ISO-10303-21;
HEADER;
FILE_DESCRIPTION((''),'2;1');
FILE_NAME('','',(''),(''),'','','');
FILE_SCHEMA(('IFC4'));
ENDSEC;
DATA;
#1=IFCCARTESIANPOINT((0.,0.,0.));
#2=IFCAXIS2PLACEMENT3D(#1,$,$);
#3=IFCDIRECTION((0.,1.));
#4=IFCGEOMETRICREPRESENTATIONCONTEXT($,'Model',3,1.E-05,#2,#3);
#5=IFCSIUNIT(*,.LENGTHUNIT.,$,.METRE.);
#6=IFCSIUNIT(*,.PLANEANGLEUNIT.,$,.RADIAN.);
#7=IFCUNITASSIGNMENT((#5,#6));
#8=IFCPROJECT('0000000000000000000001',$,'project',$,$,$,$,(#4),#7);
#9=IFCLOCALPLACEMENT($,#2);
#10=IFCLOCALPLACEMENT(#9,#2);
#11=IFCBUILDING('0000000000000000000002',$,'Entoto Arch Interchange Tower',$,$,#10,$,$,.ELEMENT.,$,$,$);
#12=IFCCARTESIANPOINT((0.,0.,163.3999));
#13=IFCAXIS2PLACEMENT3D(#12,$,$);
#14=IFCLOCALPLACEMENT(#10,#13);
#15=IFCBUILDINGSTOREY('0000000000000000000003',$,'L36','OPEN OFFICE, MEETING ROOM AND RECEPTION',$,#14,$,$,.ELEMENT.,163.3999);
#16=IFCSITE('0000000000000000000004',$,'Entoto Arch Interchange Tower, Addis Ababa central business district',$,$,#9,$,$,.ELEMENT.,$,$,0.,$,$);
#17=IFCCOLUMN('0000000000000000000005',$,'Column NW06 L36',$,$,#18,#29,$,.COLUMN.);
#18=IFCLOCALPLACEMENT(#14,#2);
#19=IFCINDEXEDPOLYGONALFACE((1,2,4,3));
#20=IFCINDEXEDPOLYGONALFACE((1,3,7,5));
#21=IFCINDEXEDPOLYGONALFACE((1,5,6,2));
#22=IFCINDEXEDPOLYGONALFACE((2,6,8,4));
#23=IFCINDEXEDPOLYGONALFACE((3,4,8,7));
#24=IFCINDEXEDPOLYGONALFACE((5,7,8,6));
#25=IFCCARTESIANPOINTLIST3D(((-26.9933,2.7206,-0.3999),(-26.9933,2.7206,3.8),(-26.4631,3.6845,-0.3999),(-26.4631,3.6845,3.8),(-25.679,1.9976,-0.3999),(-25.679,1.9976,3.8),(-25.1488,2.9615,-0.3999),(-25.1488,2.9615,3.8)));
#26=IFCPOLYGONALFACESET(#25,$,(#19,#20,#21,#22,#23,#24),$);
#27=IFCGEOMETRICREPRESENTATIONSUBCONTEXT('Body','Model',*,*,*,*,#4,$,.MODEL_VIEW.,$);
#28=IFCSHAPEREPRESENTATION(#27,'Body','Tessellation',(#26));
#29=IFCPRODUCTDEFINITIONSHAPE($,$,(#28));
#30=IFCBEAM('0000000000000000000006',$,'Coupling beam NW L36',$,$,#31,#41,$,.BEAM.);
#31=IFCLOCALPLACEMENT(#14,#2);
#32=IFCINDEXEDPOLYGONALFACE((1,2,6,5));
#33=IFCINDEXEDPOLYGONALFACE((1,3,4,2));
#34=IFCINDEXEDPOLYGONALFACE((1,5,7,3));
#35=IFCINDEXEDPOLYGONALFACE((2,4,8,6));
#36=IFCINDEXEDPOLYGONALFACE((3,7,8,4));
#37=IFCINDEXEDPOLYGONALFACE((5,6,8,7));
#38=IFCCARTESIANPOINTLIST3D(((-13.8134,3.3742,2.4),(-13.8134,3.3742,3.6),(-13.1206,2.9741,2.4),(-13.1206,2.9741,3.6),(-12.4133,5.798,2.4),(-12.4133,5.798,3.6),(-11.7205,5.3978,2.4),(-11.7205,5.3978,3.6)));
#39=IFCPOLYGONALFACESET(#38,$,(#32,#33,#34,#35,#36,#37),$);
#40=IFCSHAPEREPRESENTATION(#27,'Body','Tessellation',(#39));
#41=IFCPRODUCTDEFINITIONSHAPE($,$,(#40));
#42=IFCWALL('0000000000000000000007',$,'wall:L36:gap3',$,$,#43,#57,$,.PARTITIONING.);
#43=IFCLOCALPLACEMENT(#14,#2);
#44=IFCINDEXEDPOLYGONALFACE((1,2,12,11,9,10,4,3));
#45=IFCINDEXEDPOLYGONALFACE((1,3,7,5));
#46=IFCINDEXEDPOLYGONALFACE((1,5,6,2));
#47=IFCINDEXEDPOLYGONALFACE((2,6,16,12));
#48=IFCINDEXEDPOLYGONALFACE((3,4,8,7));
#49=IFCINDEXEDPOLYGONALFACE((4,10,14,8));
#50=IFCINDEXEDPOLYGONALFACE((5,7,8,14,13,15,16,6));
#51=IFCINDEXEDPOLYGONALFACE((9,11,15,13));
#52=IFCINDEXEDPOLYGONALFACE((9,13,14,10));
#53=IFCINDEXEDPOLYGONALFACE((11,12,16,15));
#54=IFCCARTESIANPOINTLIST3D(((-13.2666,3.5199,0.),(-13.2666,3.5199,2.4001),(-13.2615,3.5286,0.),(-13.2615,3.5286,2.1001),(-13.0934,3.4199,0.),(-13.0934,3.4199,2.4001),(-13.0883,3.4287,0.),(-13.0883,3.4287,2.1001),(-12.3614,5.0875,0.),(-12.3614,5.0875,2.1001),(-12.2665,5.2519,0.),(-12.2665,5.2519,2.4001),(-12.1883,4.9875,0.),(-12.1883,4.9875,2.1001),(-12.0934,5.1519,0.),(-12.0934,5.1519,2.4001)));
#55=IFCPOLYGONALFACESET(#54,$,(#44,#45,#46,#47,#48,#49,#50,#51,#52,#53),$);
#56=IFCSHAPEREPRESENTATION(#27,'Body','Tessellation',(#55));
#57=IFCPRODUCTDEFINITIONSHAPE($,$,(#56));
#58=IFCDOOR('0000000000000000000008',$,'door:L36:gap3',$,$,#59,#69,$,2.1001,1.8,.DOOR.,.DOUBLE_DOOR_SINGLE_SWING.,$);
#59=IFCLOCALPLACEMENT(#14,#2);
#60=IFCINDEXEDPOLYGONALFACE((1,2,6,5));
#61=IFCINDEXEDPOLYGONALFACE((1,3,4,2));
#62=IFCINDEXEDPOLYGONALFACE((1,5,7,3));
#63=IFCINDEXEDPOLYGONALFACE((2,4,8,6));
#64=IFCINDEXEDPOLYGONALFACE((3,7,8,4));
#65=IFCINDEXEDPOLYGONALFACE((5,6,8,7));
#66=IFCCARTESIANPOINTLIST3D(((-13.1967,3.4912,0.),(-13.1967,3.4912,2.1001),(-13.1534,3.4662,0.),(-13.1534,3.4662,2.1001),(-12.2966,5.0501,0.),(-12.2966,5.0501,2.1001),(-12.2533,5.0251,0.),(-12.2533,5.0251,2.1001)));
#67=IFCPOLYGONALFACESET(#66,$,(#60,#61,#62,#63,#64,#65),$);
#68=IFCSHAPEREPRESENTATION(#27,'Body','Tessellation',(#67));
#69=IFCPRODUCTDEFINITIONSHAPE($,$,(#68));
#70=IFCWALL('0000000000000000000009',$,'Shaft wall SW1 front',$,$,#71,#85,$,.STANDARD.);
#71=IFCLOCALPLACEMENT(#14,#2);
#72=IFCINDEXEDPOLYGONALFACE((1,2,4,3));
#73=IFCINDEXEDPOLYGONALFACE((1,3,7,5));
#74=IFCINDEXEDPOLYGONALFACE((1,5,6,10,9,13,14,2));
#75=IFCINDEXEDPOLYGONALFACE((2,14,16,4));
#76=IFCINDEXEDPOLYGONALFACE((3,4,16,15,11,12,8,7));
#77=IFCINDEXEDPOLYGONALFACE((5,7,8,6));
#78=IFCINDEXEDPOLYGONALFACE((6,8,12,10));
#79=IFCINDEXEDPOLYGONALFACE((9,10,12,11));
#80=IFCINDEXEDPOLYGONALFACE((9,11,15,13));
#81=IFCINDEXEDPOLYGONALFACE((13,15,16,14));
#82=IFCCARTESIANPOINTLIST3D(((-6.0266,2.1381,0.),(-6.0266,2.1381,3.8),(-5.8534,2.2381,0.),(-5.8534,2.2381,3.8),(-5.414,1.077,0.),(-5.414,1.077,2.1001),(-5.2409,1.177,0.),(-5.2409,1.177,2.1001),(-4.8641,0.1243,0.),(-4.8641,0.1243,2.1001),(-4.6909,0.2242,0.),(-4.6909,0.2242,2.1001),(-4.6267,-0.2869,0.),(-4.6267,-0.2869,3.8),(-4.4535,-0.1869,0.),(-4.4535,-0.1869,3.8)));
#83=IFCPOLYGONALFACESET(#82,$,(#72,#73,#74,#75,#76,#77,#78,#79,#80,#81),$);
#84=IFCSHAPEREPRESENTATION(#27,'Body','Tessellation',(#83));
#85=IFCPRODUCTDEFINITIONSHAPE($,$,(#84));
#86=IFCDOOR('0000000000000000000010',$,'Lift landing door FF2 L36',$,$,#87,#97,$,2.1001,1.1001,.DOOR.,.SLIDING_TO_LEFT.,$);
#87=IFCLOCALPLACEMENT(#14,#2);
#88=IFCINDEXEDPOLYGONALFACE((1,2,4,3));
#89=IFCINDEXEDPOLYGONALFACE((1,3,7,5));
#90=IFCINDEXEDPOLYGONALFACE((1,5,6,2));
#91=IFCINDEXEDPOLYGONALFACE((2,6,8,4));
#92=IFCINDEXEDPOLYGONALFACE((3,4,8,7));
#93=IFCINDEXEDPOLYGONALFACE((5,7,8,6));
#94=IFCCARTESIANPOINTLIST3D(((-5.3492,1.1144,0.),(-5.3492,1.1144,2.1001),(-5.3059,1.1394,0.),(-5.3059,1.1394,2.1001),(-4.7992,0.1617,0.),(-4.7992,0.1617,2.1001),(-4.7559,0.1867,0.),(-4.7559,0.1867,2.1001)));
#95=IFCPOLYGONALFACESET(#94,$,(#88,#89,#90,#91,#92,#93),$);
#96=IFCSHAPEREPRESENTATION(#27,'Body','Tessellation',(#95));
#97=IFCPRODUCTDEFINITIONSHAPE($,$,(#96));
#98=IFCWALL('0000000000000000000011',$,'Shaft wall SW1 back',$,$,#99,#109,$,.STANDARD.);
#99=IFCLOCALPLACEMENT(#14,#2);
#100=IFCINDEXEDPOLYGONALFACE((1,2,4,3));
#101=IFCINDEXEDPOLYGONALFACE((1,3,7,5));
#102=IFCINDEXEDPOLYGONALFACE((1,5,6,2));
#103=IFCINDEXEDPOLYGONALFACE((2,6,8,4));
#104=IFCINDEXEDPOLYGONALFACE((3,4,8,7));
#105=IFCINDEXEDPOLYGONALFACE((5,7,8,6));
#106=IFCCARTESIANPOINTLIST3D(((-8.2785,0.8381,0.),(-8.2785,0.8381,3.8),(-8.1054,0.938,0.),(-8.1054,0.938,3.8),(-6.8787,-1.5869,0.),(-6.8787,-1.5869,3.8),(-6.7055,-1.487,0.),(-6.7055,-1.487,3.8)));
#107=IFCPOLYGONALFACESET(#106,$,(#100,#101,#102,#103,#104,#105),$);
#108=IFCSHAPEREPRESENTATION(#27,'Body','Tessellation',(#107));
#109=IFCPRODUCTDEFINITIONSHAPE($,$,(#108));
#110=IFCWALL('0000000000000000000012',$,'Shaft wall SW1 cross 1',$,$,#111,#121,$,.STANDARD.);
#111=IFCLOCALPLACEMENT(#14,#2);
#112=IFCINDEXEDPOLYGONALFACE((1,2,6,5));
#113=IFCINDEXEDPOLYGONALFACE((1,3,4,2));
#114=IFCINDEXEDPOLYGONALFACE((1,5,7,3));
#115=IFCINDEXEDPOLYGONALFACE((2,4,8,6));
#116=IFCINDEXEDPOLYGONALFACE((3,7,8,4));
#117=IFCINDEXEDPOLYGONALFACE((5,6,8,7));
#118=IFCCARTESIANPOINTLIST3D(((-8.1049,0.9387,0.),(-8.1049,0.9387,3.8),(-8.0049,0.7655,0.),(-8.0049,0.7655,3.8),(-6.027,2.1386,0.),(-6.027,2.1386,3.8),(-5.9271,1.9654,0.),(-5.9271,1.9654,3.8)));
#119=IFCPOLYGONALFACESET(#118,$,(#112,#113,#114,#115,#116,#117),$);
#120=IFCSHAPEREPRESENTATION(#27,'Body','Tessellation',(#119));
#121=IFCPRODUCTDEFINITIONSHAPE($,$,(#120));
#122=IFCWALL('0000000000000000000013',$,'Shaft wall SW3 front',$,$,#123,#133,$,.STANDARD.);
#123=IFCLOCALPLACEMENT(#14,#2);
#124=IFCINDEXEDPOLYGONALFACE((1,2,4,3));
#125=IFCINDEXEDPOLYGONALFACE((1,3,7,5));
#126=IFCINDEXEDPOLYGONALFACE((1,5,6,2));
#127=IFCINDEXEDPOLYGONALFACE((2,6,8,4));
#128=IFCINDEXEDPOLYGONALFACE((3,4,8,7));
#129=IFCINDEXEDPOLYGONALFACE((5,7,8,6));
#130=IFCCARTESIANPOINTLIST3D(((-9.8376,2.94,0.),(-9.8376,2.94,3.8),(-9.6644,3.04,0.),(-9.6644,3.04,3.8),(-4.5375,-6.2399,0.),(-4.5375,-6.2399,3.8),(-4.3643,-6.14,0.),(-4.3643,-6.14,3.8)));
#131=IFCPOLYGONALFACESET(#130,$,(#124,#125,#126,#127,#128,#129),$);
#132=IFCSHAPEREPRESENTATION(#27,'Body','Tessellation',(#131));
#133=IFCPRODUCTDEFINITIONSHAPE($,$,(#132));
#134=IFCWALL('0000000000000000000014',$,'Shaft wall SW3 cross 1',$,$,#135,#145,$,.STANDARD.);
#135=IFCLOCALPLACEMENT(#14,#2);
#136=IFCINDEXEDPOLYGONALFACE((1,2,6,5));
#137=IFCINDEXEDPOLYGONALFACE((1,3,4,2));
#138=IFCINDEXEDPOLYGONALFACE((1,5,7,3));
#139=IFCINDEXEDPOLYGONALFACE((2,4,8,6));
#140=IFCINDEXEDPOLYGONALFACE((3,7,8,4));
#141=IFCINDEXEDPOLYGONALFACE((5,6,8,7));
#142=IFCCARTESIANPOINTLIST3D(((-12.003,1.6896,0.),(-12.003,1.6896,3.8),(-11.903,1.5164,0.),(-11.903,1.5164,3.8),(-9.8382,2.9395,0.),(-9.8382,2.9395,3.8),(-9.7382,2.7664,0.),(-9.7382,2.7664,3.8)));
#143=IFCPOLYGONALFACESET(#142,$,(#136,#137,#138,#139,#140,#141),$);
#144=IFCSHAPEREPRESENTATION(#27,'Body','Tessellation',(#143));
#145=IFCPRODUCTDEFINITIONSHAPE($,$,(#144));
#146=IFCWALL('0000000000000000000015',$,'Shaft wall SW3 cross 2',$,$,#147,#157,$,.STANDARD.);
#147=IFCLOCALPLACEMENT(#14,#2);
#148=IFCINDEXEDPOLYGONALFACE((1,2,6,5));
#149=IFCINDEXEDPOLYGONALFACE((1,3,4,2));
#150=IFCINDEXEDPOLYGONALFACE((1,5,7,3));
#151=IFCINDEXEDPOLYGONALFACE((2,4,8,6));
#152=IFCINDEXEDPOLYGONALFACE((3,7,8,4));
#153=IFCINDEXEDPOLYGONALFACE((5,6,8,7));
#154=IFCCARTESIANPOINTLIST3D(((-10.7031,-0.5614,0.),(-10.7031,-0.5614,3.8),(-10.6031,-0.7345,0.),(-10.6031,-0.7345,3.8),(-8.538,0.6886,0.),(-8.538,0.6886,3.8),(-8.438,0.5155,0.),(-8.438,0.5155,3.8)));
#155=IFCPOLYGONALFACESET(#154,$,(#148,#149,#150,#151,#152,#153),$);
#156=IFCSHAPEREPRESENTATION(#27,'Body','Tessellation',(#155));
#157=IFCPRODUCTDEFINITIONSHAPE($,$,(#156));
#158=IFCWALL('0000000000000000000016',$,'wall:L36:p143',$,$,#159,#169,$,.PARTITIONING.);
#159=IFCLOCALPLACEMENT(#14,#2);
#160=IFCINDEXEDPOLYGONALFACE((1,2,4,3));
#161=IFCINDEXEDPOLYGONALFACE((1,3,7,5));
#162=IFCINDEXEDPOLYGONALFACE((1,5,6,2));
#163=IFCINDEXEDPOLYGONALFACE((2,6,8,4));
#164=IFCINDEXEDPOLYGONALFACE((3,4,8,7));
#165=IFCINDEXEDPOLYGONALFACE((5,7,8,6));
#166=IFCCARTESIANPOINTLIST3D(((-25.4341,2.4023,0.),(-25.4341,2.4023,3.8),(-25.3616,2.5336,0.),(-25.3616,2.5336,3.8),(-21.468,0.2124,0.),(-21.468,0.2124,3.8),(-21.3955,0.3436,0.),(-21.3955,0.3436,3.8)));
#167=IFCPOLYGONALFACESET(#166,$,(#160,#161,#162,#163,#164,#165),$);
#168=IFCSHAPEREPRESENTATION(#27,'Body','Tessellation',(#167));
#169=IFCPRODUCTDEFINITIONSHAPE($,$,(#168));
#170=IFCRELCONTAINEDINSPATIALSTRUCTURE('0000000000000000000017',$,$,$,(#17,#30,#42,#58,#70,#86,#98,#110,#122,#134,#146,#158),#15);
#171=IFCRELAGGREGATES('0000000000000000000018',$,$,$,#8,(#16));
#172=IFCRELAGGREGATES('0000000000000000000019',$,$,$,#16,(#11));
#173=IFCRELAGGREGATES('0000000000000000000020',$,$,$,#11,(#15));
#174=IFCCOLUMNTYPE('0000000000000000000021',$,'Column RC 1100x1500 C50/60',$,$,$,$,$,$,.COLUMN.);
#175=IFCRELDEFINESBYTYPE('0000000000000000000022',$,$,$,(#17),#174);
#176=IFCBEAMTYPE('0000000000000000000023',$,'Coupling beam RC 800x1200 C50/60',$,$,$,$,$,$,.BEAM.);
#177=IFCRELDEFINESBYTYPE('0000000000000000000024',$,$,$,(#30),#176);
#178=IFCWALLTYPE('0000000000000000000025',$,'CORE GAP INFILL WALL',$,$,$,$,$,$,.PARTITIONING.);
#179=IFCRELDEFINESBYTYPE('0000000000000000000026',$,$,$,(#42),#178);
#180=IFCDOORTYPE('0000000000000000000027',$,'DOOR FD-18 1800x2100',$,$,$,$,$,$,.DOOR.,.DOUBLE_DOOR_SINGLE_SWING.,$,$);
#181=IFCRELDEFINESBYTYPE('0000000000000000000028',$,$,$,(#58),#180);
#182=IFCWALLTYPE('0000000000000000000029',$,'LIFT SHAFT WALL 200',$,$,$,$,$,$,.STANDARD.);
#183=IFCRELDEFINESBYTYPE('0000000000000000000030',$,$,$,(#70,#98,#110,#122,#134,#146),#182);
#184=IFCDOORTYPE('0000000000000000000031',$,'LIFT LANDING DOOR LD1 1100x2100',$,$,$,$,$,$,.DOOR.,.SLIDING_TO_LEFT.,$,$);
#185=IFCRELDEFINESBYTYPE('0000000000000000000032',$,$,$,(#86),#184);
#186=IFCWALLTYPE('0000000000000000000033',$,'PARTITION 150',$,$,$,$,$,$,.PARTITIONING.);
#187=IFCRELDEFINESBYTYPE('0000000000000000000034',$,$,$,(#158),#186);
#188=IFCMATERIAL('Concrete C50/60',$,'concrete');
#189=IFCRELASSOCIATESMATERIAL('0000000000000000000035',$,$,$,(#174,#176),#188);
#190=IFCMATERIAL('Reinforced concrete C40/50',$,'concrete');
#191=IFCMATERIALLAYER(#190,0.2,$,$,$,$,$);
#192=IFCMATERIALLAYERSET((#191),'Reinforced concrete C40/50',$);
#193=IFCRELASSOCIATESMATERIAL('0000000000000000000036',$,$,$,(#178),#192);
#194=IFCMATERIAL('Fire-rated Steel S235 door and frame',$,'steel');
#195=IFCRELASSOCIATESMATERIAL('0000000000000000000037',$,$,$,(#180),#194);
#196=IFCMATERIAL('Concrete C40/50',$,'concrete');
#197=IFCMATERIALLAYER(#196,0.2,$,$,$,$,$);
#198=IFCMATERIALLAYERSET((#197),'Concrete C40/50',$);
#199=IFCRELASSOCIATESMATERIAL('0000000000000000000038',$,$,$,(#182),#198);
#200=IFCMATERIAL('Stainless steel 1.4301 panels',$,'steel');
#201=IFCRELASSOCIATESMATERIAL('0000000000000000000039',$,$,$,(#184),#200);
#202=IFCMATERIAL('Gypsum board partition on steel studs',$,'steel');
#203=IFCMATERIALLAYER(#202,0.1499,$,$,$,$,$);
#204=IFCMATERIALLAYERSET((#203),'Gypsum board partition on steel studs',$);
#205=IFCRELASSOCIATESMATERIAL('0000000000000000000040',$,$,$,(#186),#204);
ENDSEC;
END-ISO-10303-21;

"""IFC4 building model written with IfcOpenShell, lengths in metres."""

from ifc_helpers import new_model, si_unit, direction, frame, frame_2d, origin, origin_2d, place, context, subcontext, project, spatial, rectangle, extrude, material, layer, layer_set, material_profile, profile_set, type_object, element, fill, save


model = new_model("IFC4")

# Units and contexts
model_context = context("Model", 3, precision=1e-05, world=origin(), true_north=direction((0.0, 1.0)))
body_context = subcontext(model_context, "Body", "Model", "MODEL_VIEW")
ifc_project = project(units=[si_unit("LENGTHUNIT", "METRE"), si_unit("PLANEANGLEUNIT", "RADIAN")], contexts=[model_context])

# Site, building, storey
site_placement = place(None, origin())
site = spatial("IfcSite", under=ifc_project, at=site_placement, Name="Entoto Arch Interchange Tower, Addis Ababa central business district", CompositionType="ELEMENT", RefElevation=0.0)
building_placement = place(site_placement, origin())
building = spatial("IfcBuilding", under=site, at=building_placement, Name="Entoto Arch Interchange Tower", CompositionType="ELEMENT")
storey_placement = place(building_placement, frame((0.0, 0.0, 163.3999)))
storey = spatial("IfcBuildingStorey", under=building, at=storey_placement, Name="L36", Description="OPEN OFFICE, MEETING ROOM AND RECEPTION", CompositionType="ELEMENT", Elevation=163.3999)

# Column
ifc_material_1 = material(Name="Concrete C50/60", Category="concrete")
ifc_material_profile_1 = material_profile(ifc_material_1, rectangle(XDim=1.1001, YDim=1.5, at=origin_2d()))
ifc_profile_set_1 = profile_set([ifc_material_profile_1], Name="Concrete C50/60")
column_type = type_object("IfcColumnType", Name="Column RC 1100x1500 C50/60", PredefinedType="COLUMN", material=ifc_profile_set_1)
column_placement = place(storey_placement, frame((-26.071, 2.8411, -0.3999), z_axis=(0.0, 0.0, 1.0), x_axis=(0.481983, 0.876181, 0.0)))
element("IfcColumn", 1, at=column_placement, inside=storey, type_object=column_type, Name="Column NW06 L36", PredefinedType="COLUMN", context=body_context, shape_type="SweptSolid", body=[
    extrude(rectangle(XDim=1.1001, YDim=1.5, at=origin_2d()), origin(), (0.0, 0.0, 1.0), 4.2),
])

# Beam
ifc_material_profile_2 = material_profile(ifc_material_1, rectangle(XDim=0.8, YDim=1.2, at=origin_2d()))
ifc_profile_set_2 = profile_set([ifc_material_profile_2], Name="Concrete C50/60")
beam_type = type_object("IfcBeamType", Name="Coupling beam RC 800x1200 C50/60", PredefinedType="BEAM", material=ifc_profile_set_2)
beam_placement = place(storey_placement, frame((-12.0669, 5.5979, 3.0), z_axis=(-0.500201, -0.86591, 0.0), x_axis=(0.86591, -0.500201, 0.0)))
element("IfcBeam", 2, at=beam_placement, inside=storey, type_object=beam_type, Name="Coupling beam NW L36", PredefinedType="BEAM", context=body_context, shape_type="SweptSolid", body=[
    extrude(rectangle(XDim=0.8, YDim=1.2, at=origin_2d()), origin(), (0.0, 0.0, 1.0), 2.7991),
])

# Walls, openings, doors
ifc_material_2 = material(Name="Reinforced concrete C40/50", Category="concrete")
ifc_layer_1 = layer(ifc_material_2, 0.2)
ifc_layer_set_1 = layer_set([ifc_layer_1], Name="Reinforced concrete C40/50")
wall_type_1 = type_object("IfcWallType", Name="CORE GAP INFILL WALL", PredefinedType="PARTITIONING", material=ifc_layer_set_1)
wall_1_placement = place(storey_placement, frame((-12.1799, 5.2019, 0.0), z_axis=(0.0, 0.0, 1.0), x_axis=(-0.500025, -0.866011, 0.0)))
wall_1 = element("IfcWall", 3, at=wall_1_placement, inside=storey, type_object=wall_type_1, Name="wall:L36:gap3", PredefinedType="PARTITIONING", context=body_context, shape_type="SweptSolid", body=[
    extrude(rectangle(XDim=2.0, YDim=0.2, at=frame_2d((1.0, 0.0))), origin(), (0.0, 0.0, 1.0), 2.4001),
])
opening_1_placement = place(wall_1_placement, frame((0.1899, 0.0, 0.0)))
opening_1 = element("IfcOpeningElement", 4, at=opening_1_placement, cuts=wall_1, PredefinedType="OPENING", context=body_context, shape_type="SweptSolid", body=[
    extrude(rectangle(XDim=1.8, YDim=2.1001, at=frame_2d((0.8999, 1.05))), frame((0.0, 0.1099, 0.0), z_axis=(0.0, -1.0, 0.0), x_axis=(1.0, 0.0, 0.0)), (0.0, 0.0, 1.0), 0.22),
])
ifc_material_3 = material(Name="Fire-rated Steel S235 door and frame", Category="steel")
door_type_1 = type_object("IfcDoorType", Name="DOOR FD-18 1800x2100", OperationType="DOUBLE_DOOR_SINGLE_SWING", PredefinedType="DOOR", material=ifc_material_3)
door_1_placement = place(opening_1_placement, origin())
door_1 = element("IfcDoor", 5, at=door_1_placement, inside=storey, type_object=door_type_1, Name="door:L36:gap3", OperationType="DOUBLE_DOOR_SINGLE_SWING", OverallHeight=2.1001, OverallWidth=1.8, PredefinedType="DOOR", context=body_context, shape_type="SweptSolid", body=[
    extrude(rectangle(XDim=1.8, YDim=2.1001, at=frame_2d((0.8999, 1.05))), frame((0.0, 0.0249, 0.0), z_axis=(0.0, -1.0, 0.0), x_axis=(1.0, 0.0, 0.0)), (0.0, 0.0, 1.0), 0.05),
])
fill(opening_1, door_1)
ifc_material_4 = material(Name="Concrete C40/50", Category="concrete")
ifc_layer_2 = layer(ifc_material_4, 0.2)
ifc_layer_set_2 = layer_set([ifc_layer_2], Name="Concrete C40/50")
wall_type_2 = type_object("IfcWallType", Name="LIFT SHAFT WALL 200", PredefinedType="STANDARD", material=ifc_layer_set_2)
wall_2_placement = place(storey_placement, frame((-5.9399, 2.188, 0.0), z_axis=(0.0, 0.0, 1.0), x_axis=(0.499946, -0.866056, 0.0)))
wall_2 = element("IfcWall", 6, at=wall_2_placement, inside=storey, type_object=wall_type_2, Name="Shaft wall SW1 front", PredefinedType="STANDARD", context=body_context, shape_type="SweptSolid", body=[
    extrude(rectangle(XDim=2.8, YDim=0.2, at=frame_2d((1.3999, 0.0))), origin(), (0.0, 0.0, 1.0), 3.8),
])
opening_2_placement = place(wall_2_placement, frame((1.2251, 0.0, 0.0)))
opening_2 = element("IfcOpeningElement", 7, at=opening_2_placement, cuts=wall_2, PredefinedType="OPENING", context=body_context, shape_type="SweptSolid", body=[
    extrude(rectangle(XDim=1.1001, YDim=2.1001, at=frame_2d((0.55, 1.05))), frame((0.0, 0.1099, 0.0), z_axis=(0.0, -1.0, 0.0), x_axis=(1.0, 0.0, 0.0)), (0.0, 0.0, 1.0), 0.22),
])
ifc_material_5 = material(Name="Stainless steel 1.4301 panels", Category="steel")
door_type_2 = type_object("IfcDoorType", Name="LIFT LANDING DOOR LD1 1100x2100", OperationType="SLIDING_TO_LEFT", PredefinedType="DOOR", material=ifc_material_5)
door_2_placement = place(opening_2_placement, origin())
door_2 = element("IfcDoor", 8, at=door_2_placement, inside=storey, type_object=door_type_2, Name="Lift landing door FF2 L36", OperationType="SLIDING_TO_LEFT", OverallHeight=2.1001, OverallWidth=1.1001, PredefinedType="DOOR", context=body_context, shape_type="SweptSolid", body=[
    extrude(rectangle(XDim=1.1001, YDim=2.1001, at=frame_2d((0.55, 1.05))), frame((0.0, 0.0249, 0.0), z_axis=(0.0, -1.0, 0.0), x_axis=(1.0, 0.0, 0.0)), (0.0, 0.0, 1.0), 0.05),
])
fill(opening_2, door_2)

# Walls
wall_3_placement = place(storey_placement, frame((-8.1919, 0.8879, 0.0), z_axis=(0.0, 0.0, 1.0), x_axis=(0.499946, -0.866056, 0.0)))
element("IfcWall", 9, at=wall_3_placement, inside=storey, type_object=wall_type_2, Name="Shaft wall SW1 back", PredefinedType="STANDARD", context=body_context, shape_type="SweptSolid", body=[
    extrude(rectangle(XDim=2.8, YDim=0.2, at=frame_2d((1.3999, 0.0))), origin(), (0.0, 0.0, 1.0), 3.8),
])
wall_4_placement = place(storey_placement, frame((-5.9771, 2.052, 0.0), z_axis=(0.0, 0.0, 1.0), x_axis=(-0.865974, -0.500089, 0.0)))
element("IfcWall", 10, at=wall_4_placement, inside=storey, type_object=wall_type_2, Name="Shaft wall SW1 cross 1", PredefinedType="STANDARD", context=body_context, shape_type="SweptSolid", body=[
    extrude(rectangle(XDim=2.3994, YDim=0.2, at=frame_2d((1.1997, 0.0))), origin(), (0.0, 0.0, 1.0), 3.8),
])
wall_5_placement = place(storey_placement, frame((-9.751, 2.99, 0.0), z_axis=(0.0, 0.0, 1.0), x_axis=(0.500001, -0.866025, 0.0)))
element("IfcWall", 11, at=wall_5_placement, inside=storey, type_object=wall_type_2, Name="Shaft wall SW3 front", PredefinedType="STANDARD", context=body_context, shape_type="SweptSolid", body=[
    extrude(rectangle(XDim=10.6001, YDim=0.2, at=frame_2d((5.3, 0.0))), origin(), (0.0, 0.0, 1.0), 3.8),
])
wall_6_placement = place(storey_placement, frame((-9.7881, 2.853, 0.0), z_axis=(0.0, 0.0, 1.0), x_axis=(-0.865999, -0.500047, 0.0)))
element("IfcWall", 12, at=wall_6_placement, inside=storey, type_object=wall_type_2, Name="Shaft wall SW3 cross 1", PredefinedType="STANDARD", context=body_context, shape_type="SweptSolid", body=[
    extrude(rectangle(XDim=2.4998, YDim=0.2, at=frame_2d((1.25, 0.0))), origin(), (0.0, 0.0, 1.0), 3.8),
])
wall_7_placement = place(storey_placement, frame((-8.488, 0.6021, 0.0), z_axis=(0.0, 0.0, 1.0), x_axis=(-0.866023, -0.500004, 0.0)))
element("IfcWall", 13, at=wall_7_placement, inside=storey, type_object=wall_type_2, Name="Shaft wall SW3 cross 2", PredefinedType="STANDARD", context=body_context, shape_type="SweptSolid", body=[
    extrude(rectangle(XDim=2.5, YDim=0.2, at=frame_2d((1.25, 0.0))), origin(), (0.0, 0.0, 1.0), 3.8),
])
ifc_material_6 = material(Name="Gypsum board partition on steel studs", Category="steel")
ifc_layer_3 = layer(ifc_material_6, 0.1499)
ifc_layer_set_3 = layer_set([ifc_layer_3], Name="Gypsum board partition on steel studs")
wall_type_3 = type_object("IfcWallType", Name="PARTITION 150", PredefinedType="PARTITIONING", material=ifc_layer_set_3)
wall_8_placement = place(storey_placement, frame((-21.4319, 0.2781, 0.0), z_axis=(0.0, 0.0, 1.0), x_axis=(-0.875413, 0.483376, 0.0)))
element("IfcWall", 14, at=wall_8_placement, inside=storey, type_object=wall_type_3, Name="wall:L36:p143", PredefinedType="PARTITIONING", context=body_context, shape_type="SweptSolid", body=[
    extrude(rectangle(XDim=4.5305, YDim=0.1499, at=frame_2d((2.2651, 0.0))), origin(), (0.0, 0.0, 1.0), 3.8),
])

save(model, "model.ifc")
